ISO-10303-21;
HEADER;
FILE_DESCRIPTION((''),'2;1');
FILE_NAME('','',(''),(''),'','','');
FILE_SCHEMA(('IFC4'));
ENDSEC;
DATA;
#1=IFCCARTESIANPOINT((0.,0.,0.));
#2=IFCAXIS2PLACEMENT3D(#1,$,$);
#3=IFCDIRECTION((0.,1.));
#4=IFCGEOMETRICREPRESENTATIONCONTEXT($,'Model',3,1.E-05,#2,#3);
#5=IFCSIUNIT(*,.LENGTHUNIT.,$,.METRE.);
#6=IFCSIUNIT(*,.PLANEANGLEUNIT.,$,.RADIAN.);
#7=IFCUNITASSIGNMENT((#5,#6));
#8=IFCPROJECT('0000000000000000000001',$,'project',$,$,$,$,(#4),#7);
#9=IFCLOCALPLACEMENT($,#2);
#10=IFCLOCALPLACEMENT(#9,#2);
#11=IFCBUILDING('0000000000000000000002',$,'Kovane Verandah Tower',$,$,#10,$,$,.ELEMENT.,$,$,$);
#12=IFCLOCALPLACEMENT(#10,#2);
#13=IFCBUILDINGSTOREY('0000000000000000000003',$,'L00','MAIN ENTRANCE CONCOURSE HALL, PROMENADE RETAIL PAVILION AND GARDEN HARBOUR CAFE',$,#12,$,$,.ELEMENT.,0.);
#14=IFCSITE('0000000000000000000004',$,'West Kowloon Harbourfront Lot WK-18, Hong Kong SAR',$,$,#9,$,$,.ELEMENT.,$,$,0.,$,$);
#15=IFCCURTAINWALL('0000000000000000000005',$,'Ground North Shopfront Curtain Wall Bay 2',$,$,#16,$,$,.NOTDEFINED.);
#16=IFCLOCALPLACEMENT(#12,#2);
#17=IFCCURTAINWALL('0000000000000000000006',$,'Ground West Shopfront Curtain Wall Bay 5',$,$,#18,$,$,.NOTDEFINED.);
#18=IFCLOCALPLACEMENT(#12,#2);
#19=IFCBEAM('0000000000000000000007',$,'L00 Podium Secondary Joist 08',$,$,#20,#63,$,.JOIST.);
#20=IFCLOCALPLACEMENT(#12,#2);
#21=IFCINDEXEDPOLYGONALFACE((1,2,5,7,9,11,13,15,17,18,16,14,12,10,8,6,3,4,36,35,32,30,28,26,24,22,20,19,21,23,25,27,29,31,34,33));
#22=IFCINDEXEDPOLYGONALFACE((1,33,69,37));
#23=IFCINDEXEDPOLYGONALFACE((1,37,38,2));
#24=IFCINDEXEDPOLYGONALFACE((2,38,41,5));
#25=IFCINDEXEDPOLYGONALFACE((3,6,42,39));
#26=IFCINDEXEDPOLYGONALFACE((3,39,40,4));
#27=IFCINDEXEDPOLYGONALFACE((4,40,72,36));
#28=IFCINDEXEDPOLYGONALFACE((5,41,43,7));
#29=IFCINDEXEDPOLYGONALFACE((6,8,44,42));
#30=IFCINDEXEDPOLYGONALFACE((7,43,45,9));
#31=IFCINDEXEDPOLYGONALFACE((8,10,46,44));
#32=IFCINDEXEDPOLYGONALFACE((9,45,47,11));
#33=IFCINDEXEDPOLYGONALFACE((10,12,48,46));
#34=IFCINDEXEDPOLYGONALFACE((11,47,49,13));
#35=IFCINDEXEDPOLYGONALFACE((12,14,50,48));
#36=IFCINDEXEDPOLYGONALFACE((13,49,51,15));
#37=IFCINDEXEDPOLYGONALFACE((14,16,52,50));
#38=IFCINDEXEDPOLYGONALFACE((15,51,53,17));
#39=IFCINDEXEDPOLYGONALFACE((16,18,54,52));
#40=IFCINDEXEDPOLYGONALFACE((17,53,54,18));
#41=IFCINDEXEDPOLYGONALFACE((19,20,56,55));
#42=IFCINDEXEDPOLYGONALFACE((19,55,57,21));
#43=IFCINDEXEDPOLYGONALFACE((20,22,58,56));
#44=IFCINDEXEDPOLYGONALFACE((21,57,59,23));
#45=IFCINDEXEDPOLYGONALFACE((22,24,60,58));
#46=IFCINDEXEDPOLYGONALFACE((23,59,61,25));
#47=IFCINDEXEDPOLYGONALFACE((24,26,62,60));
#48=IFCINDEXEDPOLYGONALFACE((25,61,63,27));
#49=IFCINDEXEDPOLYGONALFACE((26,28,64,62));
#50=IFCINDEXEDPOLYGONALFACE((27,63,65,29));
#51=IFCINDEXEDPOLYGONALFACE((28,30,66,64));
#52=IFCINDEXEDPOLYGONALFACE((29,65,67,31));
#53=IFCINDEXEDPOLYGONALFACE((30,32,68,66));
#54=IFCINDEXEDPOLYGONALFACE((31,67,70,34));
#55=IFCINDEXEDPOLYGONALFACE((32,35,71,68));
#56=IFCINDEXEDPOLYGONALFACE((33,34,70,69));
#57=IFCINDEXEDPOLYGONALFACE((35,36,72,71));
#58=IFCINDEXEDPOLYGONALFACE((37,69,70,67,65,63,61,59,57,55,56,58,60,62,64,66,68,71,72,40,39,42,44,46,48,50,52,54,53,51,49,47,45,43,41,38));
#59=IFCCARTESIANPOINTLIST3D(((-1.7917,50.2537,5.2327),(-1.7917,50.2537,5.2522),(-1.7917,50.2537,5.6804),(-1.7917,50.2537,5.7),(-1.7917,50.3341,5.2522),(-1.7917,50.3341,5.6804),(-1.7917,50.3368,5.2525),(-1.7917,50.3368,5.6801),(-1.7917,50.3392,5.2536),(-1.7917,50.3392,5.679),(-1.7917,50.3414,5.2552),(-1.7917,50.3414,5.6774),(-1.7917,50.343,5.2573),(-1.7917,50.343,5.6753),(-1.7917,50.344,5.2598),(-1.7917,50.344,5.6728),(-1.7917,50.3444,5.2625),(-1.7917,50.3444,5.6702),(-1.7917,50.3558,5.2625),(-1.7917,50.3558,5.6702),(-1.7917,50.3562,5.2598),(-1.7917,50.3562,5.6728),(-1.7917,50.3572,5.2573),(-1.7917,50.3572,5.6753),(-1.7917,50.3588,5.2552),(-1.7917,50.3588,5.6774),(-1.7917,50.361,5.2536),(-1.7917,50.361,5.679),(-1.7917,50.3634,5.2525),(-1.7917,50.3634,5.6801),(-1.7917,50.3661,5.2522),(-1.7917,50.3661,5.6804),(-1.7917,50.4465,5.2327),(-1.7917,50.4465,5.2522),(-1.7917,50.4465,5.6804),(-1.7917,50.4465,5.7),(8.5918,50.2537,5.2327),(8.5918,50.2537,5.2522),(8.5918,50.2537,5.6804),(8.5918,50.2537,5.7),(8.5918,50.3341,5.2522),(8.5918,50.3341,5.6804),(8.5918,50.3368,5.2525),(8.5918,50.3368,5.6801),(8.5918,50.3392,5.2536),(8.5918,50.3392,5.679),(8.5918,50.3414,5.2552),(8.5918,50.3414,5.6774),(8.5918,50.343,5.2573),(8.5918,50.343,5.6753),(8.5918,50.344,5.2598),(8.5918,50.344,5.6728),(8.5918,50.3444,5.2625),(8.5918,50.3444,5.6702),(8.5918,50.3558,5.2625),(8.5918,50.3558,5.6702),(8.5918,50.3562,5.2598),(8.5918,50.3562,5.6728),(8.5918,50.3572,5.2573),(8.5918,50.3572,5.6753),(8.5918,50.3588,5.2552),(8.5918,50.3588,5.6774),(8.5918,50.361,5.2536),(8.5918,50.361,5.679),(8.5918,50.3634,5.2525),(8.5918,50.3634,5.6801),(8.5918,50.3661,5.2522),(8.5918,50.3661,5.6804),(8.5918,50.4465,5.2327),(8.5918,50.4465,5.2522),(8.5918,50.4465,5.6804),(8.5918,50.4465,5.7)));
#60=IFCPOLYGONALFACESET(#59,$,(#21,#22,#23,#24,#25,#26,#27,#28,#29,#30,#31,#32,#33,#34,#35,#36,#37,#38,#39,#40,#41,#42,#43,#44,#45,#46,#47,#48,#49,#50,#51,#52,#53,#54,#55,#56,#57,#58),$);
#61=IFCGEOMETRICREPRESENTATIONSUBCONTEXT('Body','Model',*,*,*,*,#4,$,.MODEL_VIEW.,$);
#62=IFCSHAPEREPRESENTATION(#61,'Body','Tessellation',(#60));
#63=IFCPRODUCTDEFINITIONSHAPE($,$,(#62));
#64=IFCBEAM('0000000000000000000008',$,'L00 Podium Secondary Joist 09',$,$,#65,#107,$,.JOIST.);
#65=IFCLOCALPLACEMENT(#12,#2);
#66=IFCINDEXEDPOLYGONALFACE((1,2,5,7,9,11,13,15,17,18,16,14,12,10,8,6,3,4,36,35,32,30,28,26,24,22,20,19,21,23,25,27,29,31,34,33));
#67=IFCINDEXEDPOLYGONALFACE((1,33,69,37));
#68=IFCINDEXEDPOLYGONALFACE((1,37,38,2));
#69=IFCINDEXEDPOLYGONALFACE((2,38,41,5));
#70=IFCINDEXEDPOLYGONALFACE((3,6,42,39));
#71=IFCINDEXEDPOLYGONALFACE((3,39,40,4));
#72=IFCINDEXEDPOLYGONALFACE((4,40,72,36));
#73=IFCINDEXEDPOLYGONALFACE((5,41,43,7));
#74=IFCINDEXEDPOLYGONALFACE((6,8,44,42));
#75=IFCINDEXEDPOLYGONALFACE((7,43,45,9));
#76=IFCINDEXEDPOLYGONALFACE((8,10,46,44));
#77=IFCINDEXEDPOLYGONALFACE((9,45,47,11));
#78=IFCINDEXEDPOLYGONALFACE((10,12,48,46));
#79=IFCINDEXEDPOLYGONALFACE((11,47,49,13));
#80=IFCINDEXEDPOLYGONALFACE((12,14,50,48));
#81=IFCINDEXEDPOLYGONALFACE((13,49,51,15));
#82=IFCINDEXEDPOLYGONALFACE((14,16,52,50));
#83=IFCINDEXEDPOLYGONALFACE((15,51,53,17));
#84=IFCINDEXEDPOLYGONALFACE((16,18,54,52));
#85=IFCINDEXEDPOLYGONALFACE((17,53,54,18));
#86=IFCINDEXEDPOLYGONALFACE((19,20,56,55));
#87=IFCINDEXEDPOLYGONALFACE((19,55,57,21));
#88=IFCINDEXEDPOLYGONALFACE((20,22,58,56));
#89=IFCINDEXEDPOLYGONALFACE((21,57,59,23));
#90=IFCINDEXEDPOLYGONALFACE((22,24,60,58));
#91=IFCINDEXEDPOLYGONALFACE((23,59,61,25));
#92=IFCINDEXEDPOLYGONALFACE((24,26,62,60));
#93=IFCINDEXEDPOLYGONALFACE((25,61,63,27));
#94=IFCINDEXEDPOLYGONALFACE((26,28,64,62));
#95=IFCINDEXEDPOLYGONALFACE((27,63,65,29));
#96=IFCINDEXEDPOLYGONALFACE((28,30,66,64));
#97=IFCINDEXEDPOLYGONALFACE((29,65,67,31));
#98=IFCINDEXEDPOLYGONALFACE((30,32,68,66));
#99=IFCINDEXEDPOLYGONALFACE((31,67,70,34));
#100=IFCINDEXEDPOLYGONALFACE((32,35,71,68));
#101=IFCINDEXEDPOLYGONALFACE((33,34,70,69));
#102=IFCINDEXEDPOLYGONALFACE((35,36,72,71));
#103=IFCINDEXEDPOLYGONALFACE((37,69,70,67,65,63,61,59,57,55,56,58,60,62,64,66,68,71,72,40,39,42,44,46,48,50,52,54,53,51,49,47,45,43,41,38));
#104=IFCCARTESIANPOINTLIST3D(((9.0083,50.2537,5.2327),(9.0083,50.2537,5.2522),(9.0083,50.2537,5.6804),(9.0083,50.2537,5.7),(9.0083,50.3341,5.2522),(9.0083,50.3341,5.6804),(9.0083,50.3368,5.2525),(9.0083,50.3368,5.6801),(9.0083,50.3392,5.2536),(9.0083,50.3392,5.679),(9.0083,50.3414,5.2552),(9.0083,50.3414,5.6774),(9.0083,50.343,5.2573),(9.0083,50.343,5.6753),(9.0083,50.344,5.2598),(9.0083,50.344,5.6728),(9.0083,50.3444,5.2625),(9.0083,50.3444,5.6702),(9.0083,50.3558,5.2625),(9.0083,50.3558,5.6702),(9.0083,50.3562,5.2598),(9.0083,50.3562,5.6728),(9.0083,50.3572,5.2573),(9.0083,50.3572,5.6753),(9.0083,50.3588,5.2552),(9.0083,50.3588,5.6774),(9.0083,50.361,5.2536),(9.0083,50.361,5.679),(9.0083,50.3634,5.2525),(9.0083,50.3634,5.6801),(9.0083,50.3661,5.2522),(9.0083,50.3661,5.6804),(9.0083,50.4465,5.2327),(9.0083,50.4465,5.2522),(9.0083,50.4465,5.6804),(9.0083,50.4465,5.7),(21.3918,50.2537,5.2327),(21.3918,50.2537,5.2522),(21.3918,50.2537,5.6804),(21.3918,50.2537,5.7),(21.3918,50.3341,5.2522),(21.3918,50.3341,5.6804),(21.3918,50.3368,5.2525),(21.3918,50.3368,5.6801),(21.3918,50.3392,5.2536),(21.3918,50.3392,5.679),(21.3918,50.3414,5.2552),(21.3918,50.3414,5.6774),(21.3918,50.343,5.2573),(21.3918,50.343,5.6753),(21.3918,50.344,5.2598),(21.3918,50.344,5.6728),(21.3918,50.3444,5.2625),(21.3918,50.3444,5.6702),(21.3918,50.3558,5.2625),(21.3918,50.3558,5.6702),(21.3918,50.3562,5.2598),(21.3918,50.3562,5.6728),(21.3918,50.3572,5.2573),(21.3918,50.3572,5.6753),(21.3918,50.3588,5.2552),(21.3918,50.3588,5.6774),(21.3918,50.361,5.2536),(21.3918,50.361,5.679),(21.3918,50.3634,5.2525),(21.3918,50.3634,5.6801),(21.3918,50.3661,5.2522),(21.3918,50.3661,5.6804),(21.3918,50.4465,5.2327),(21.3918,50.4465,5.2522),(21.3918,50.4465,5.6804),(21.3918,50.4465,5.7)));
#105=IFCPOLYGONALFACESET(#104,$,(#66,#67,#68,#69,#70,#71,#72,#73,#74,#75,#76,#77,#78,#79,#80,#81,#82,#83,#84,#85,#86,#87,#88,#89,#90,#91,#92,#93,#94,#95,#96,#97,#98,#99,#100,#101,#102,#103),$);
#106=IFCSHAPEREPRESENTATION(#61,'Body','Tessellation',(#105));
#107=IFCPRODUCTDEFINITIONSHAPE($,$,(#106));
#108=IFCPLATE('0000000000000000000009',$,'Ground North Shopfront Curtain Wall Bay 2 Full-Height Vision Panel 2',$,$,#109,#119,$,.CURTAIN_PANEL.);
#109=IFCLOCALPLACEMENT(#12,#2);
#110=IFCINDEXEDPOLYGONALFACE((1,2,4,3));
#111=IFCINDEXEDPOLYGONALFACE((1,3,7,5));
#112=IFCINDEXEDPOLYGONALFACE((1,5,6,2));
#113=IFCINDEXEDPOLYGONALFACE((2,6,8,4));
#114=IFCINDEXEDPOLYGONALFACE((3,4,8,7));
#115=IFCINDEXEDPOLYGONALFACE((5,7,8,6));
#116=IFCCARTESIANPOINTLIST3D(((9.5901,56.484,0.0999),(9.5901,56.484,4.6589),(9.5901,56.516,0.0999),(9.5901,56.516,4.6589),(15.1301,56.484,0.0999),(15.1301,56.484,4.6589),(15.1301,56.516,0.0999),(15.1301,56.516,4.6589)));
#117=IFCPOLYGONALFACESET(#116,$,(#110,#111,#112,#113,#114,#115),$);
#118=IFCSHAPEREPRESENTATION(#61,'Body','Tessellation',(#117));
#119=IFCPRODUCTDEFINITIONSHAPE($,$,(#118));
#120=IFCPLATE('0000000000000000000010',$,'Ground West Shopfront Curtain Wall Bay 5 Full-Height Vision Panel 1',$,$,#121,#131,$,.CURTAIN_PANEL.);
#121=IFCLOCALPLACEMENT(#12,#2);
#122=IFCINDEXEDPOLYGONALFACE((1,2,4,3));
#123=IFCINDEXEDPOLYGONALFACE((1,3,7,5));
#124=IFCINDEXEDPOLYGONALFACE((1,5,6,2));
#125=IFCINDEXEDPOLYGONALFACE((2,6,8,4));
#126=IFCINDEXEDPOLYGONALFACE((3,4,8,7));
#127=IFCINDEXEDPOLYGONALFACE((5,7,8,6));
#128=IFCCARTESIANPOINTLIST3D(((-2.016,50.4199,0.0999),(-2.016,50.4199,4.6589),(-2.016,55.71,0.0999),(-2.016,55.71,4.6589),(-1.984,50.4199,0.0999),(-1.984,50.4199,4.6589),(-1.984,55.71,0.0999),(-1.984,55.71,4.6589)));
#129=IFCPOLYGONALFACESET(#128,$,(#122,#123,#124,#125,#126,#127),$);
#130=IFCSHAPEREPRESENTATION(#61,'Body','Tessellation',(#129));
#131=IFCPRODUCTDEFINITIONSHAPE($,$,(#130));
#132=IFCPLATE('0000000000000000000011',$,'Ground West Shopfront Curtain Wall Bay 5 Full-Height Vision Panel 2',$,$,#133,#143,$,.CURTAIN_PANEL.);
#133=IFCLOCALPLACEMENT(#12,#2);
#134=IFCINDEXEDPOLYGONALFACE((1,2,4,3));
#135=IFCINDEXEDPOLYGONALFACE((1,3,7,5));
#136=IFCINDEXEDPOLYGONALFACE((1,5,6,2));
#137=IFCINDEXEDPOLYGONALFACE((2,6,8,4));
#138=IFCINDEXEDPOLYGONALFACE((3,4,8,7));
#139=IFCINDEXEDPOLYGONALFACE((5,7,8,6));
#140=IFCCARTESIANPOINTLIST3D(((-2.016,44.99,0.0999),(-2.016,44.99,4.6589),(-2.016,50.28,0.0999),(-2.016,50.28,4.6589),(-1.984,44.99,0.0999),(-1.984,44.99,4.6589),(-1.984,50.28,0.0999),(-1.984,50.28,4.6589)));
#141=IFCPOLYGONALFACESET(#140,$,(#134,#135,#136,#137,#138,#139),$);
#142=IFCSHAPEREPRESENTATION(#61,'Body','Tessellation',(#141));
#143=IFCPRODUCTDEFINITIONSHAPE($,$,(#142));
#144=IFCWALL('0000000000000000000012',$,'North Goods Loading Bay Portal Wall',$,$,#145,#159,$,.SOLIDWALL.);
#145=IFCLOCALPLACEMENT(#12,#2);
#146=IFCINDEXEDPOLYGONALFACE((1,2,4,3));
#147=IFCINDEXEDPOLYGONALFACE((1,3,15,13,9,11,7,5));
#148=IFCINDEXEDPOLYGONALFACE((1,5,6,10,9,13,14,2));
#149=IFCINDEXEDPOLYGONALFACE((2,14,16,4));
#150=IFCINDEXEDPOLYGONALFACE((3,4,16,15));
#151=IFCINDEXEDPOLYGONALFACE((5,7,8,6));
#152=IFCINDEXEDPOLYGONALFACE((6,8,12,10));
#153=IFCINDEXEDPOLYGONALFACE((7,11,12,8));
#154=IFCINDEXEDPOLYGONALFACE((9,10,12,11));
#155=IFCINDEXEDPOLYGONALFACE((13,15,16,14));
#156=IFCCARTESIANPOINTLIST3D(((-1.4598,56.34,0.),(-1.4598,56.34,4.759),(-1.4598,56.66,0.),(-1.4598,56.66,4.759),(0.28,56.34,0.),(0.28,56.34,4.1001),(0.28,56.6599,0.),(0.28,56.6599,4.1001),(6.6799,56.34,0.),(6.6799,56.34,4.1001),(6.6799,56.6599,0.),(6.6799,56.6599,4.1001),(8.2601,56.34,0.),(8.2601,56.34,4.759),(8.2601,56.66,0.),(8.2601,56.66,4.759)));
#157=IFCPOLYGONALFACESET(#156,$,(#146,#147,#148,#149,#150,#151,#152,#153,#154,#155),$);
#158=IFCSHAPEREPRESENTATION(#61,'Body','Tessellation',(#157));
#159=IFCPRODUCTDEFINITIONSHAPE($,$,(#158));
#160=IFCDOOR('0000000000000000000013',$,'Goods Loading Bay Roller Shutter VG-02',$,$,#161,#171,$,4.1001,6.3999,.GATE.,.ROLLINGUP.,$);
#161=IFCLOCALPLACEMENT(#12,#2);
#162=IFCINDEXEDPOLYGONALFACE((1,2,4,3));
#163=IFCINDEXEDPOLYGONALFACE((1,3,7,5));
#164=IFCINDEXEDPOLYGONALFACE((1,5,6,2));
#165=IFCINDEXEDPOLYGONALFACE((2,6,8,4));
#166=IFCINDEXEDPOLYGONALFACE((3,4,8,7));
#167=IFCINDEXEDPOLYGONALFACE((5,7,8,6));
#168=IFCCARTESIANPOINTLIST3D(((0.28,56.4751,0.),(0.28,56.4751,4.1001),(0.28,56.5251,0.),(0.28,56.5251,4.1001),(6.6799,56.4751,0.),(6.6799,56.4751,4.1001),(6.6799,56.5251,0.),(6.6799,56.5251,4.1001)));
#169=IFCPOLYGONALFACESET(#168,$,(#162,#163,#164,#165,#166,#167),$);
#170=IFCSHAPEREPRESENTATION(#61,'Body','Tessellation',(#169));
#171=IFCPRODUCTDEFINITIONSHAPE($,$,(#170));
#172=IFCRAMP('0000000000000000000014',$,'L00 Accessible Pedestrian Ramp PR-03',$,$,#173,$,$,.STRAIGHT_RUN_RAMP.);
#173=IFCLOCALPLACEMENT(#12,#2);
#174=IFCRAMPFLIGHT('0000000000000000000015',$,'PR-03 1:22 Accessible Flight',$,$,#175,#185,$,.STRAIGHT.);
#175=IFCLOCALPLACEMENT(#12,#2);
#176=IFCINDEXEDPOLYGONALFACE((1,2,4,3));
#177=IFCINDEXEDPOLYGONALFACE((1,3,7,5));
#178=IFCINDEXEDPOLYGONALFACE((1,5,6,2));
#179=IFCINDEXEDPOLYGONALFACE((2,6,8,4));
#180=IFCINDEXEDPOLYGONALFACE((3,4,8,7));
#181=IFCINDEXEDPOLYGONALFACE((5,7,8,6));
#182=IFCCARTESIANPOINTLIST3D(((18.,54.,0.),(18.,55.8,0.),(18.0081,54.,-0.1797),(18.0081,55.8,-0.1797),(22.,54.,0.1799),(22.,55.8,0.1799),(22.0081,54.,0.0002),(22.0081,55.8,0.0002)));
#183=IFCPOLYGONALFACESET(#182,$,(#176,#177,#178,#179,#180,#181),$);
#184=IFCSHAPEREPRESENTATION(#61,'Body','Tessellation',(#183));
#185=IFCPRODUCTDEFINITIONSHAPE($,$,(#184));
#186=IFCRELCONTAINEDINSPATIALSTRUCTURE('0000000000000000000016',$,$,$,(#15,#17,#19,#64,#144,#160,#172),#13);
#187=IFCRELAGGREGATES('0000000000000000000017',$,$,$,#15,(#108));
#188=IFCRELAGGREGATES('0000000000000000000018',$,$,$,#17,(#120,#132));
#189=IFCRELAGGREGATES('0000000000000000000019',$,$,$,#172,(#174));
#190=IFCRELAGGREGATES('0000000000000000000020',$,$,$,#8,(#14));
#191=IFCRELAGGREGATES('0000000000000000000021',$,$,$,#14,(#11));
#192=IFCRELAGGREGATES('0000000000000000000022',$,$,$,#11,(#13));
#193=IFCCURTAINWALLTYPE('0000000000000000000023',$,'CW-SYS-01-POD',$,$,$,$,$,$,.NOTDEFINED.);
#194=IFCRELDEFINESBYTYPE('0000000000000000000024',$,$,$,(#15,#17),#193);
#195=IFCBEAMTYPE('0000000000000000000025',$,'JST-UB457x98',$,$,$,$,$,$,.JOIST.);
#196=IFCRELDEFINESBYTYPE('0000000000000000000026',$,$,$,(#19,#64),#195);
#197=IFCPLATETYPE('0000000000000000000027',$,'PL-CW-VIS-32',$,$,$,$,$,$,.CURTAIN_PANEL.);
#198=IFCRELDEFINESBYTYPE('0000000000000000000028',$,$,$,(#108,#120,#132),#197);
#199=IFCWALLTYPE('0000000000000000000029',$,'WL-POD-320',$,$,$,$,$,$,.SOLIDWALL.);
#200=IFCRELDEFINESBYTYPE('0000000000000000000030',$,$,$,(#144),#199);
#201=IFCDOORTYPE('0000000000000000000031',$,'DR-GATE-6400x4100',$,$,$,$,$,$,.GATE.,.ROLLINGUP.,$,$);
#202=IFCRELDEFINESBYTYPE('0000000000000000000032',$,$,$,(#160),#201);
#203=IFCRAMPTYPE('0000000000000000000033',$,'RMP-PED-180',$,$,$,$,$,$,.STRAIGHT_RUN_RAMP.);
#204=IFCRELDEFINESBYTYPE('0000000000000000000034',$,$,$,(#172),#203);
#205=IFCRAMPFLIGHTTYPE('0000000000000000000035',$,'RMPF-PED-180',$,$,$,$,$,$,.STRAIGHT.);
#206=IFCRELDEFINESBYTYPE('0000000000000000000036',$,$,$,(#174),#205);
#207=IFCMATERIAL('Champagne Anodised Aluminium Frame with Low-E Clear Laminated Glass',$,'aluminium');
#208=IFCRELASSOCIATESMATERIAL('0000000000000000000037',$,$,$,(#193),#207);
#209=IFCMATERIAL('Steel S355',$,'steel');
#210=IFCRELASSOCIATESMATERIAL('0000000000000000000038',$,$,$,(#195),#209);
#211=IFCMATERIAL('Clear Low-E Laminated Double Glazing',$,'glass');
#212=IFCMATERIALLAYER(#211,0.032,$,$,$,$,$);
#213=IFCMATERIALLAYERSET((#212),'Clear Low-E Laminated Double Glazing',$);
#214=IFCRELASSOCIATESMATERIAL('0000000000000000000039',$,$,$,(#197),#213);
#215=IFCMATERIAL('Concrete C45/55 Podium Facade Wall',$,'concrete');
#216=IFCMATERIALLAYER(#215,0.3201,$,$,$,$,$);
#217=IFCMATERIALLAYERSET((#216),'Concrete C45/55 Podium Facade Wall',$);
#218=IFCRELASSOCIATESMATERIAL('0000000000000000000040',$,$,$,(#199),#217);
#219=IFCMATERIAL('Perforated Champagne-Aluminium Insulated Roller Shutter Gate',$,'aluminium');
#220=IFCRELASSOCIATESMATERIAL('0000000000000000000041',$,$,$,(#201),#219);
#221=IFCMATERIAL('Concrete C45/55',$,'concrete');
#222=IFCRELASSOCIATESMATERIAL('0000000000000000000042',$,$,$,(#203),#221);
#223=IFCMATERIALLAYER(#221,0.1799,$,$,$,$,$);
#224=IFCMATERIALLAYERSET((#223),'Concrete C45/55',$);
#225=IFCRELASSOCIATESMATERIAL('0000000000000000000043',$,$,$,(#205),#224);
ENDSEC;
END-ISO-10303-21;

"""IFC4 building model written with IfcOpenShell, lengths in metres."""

from ifc_helpers import new_model, si_unit, direction, frame, frame_2d, origin, origin_2d, place, context, subcontext, project, spatial, polyline, rectangle, i_section, outline, extrude, material, layer, layer_set, material_profile, profile_set, type_object, element, fill, aggregate, save


model = new_model("IFC4")

# Units and contexts
model_context = context("Model", 3, precision=1e-05, world=origin(), true_north=direction((0.0, 1.0)))
body_context = subcontext(model_context, "Body", "Model", "MODEL_VIEW")
ifc_project = project(units=[si_unit("LENGTHUNIT", "METRE"), si_unit("PLANEANGLEUNIT", "RADIAN")], contexts=[model_context])

# Site, building, storey
site_placement = place(None, origin())
site = spatial("IfcSite", under=ifc_project, at=site_placement, Name="West Kowloon Harbourfront Lot WK-18, Hong Kong SAR", CompositionType="ELEMENT", RefElevation=0.0)
building_placement = place(site_placement, origin())
building = spatial("IfcBuilding", under=site, at=building_placement, Name="Kovane Verandah Tower", CompositionType="ELEMENT")
storey_placement = place(building_placement, origin())
storey = spatial("IfcBuildingStorey", under=building, at=storey_placement, Name="L00", Description="MAIN ENTRANCE CONCOURSE HALL, PROMENADE RETAIL PAVILION AND GARDEN HARBOUR CAFE", CompositionType="ELEMENT", Elevation=0.0)

# Shared definitions
ifc_material_1 = material(Name="Steel S355", Category="steel")

# Curtain walls
ifc_material_2 = material(Name="Champagne Anodised Aluminium Frame with Low-E Clear Laminated Glass", Category="aluminium")
curtain_wall_type = type_object("IfcCurtainWallType", Name="CW-SYS-01-POD", PredefinedType="NOTDEFINED", material=ifc_material_2)
curtain_wall_1_placement = place(storey_placement, origin())
curtain_wall_1 = element("IfcCurtainWall", 1, at=curtain_wall_1_placement, inside=storey, type_object=curtain_wall_type, Name="Ground North Shopfront Curtain Wall Bay 2", PredefinedType="NOTDEFINED")
curtain_wall_2_placement = place(storey_placement, origin())
curtain_wall_2 = element("IfcCurtainWall", 2, at=curtain_wall_2_placement, inside=storey, type_object=curtain_wall_type, Name="Ground West Shopfront Curtain Wall Bay 5", PredefinedType="NOTDEFINED")

# Beams
ifc_material_profile_1 = material_profile(ifc_material_1, i_section(OverallWidth=0.1929, OverallDepth=0.4673, WebThickness=0.0115, FlangeThickness=0.0195, FilletRadius=0.0103, at=origin_2d()), Name="UB457x191x98")
ifc_profile_set_1 = profile_set([ifc_material_profile_1], Name="Steel S355")
beam_type_1 = type_object("IfcBeamType", Name="JST-UB457x98", PredefinedType="JOIST", material=ifc_profile_set_1)
beam_1_placement = place(storey_placement, frame((-1.7917, 50.3501, 5.4663), z_axis=(1.0, 0.0, 0.0), x_axis=(0.0, 1.0, 0.0)))
element("IfcBeam", 3, at=beam_1_placement, inside=storey, type_object=beam_type_1, Name="L00 Podium Secondary Joist 08", PredefinedType="JOIST", context=body_context, shape_type="SweptSolid", body=[
    extrude(i_section(OverallWidth=0.1929, OverallDepth=0.4673, WebThickness=0.0115, FlangeThickness=0.0195, FilletRadius=0.0103, at=origin_2d()), origin(), (0.0, 0.0, 1.0), 10.3835),
])
beam_2_placement = place(storey_placement, frame((9.0083, 50.3501, 5.4663), z_axis=(1.0, 0.0, 0.0), x_axis=(0.0, 1.0, 0.0)))
element("IfcBeam", 4, at=beam_2_placement, inside=storey, type_object=beam_type_1, Name="L00 Podium Secondary Joist 09", PredefinedType="JOIST", context=body_context, shape_type="SweptSolid", body=[
    extrude(i_section(OverallWidth=0.1929, OverallDepth=0.4673, WebThickness=0.0115, FlangeThickness=0.0195, FilletRadius=0.0103, at=origin_2d()), origin(), (0.0, 0.0, 1.0), 12.3835),
])

# Plates
ifc_material_3 = material(Name="Clear Low-E Laminated Double Glazing", Category="glass")
ifc_layer_1 = layer(ifc_material_3, 0.032)
ifc_layer_set_1 = layer_set([ifc_layer_1], Name="Clear Low-E Laminated Double Glazing")
plate_type = type_object("IfcPlateType", Name="PL-CW-VIS-32", PredefinedType="CURTAIN_PANEL", material=ifc_layer_set_1)
plate_1_placement = place(storey_placement, frame((12.3601, 56.5, 0.0999), z_axis=(0.0, 0.0, 1.0), x_axis=(-1.0, 0.0, 0.0)))
plate_1 = element("IfcPlate", 5, at=plate_1_placement, type_object=plate_type, Name="Ground North Shopfront Curtain Wall Bay 2 Full-Height Vision Panel 2", PredefinedType="CURTAIN_PANEL", context=body_context, shape_type="SweptSolid", body=[
    extrude(rectangle(XDim=5.54, YDim=0.032, at=origin_2d()), origin(), (0.0, 0.0, 1.0), 4.5591),
])
aggregate(curtain_wall_1, [plate_1])
plate_2_placement = place(storey_placement, frame((-2.0, 53.0649, 0.0999), z_axis=(0.0, 0.0, 1.0), x_axis=(0.0, -1.0, 0.0)))
plate_2 = element("IfcPlate", 6, at=plate_2_placement, type_object=plate_type, Name="Ground West Shopfront Curtain Wall Bay 5 Full-Height Vision Panel 1", PredefinedType="CURTAIN_PANEL", context=body_context, shape_type="SweptSolid", body=[
    extrude(rectangle(XDim=5.29, YDim=0.032, at=origin_2d()), origin(), (0.0, 0.0, 1.0), 4.5591),
])
plate_3_placement = place(storey_placement, frame((-2.0, 47.635, 0.0999), z_axis=(0.0, 0.0, 1.0), x_axis=(0.0, -1.0, 0.0)))
plate_3 = element("IfcPlate", 7, at=plate_3_placement, type_object=plate_type, Name="Ground West Shopfront Curtain Wall Bay 5 Full-Height Vision Panel 2", PredefinedType="CURTAIN_PANEL", context=body_context, shape_type="SweptSolid", body=[
    extrude(rectangle(XDim=5.29, YDim=0.032, at=origin_2d()), origin(), (0.0, 0.0, 1.0), 4.5591),
])
aggregate(curtain_wall_2, [plate_2, plate_3])

# Wall, opening, door
ifc_material_4 = material(Name="Concrete C45/55 Podium Facade Wall", Category="concrete")
ifc_layer_2 = layer(ifc_material_4, 0.3201)
ifc_layer_set_2 = layer_set([ifc_layer_2], Name="Concrete C45/55 Podium Facade Wall")
wall_type = type_object("IfcWallType", Name="WL-POD-320", PredefinedType="SOLIDWALL", material=ifc_layer_set_2)
wall_placement = place(storey_placement, frame((8.26, 56.5, 0.0), z_axis=(0.0, 0.0, 1.0), x_axis=(-1.0, 0.0, 0.0)))
wall = element("IfcWall", 8, at=wall_placement, inside=storey, type_object=wall_type, Name="North Goods Loading Bay Portal Wall", PredefinedType="SOLIDWALL", context=body_context, shape_type="SweptSolid", body=[
    extrude(rectangle(XDim=9.72, YDim=0.3201, at=frame_2d((4.8599, 0.0))), origin(), (0.0, 0.0, 1.0), 4.759),
])
opening_placement = place(wall_placement, frame((1.5801, 0.0, 0.0)))
opening = element("IfcOpeningElement", 9, at=opening_placement, cuts=wall, PredefinedType="OPENING", context=body_context, shape_type="SweptSolid", body=[
    extrude(rectangle(XDim=6.3999, YDim=4.1001, at=frame_2d((3.2, 2.05))), frame((0.0, 0.1602, 0.0), z_axis=(0.0, -1.0, 0.0), x_axis=(1.0, 0.0, 0.0)), (0.0, 0.0, 1.0), 0.3201),
])
ifc_material_5 = material(Name="Perforated Champagne-Aluminium Insulated Roller Shutter Gate", Category="aluminium")
door_type = type_object("IfcDoorType", Name="DR-GATE-6400x4100", OperationType="ROLLINGUP", PredefinedType="GATE", material=ifc_material_5)
door_placement = place(opening_placement, origin())
door = element("IfcDoor", 10, at=door_placement, inside=storey, type_object=door_type, Name="Goods Loading Bay Roller Shutter VG-02", OperationType="ROLLINGUP", OverallHeight=4.1001, OverallWidth=6.3999, PredefinedType="GATE", context=body_context, shape_type="SweptSolid", body=[
    extrude(rectangle(XDim=6.3999, YDim=4.1001, at=frame_2d((3.2, 2.05))), frame((0.0, 0.0249, 0.0), z_axis=(0.0, -1.0, 0.0), x_axis=(1.0, 0.0, 0.0)), (0.0, 0.0, 1.0), 0.05),
])
fill(opening, door)

# Ramp, ramp flight
ifc_material_6 = material(Name="Concrete C45/55", Category="concrete")
ramp_type = type_object("IfcRampType", Name="RMP-PED-180", PredefinedType="STRAIGHT_RUN_RAMP", material=ifc_material_6)
ramp_placement = place(storey_placement, origin())
ramp = element("IfcRamp", 11, at=ramp_placement, inside=storey, type_object=ramp_type, Name="L00 Accessible Pedestrian Ramp PR-03", PredefinedType="STRAIGHT_RUN_RAMP")
ifc_layer_3 = layer(ifc_material_6, 0.1799)
ifc_layer_set_3 = layer_set([ifc_layer_3], Name="Concrete C45/55")
ramp_flight_type = type_object("IfcRampFlightType", Name="RMPF-PED-180", PredefinedType="STRAIGHT", material=ifc_layer_set_3)
ramp_flight_placement = place(storey_placement, frame((18.0, 54.0, 0.0), z_axis=(-0.044937, 0.0, 0.99899), x_axis=(0.99899, 0.0, 0.044937)))
ramp_flight = element("IfcRampFlight", 12, at=ramp_flight_placement, type_object=ramp_flight_type, Name="PR-03 1:22 Accessible Flight", PredefinedType="STRAIGHT", context=body_context, shape_type="SweptSolid", body=[
    extrude(outline(polyline([(0.0, 0.0), (4.004, 0.0), (4.004, 1.8), (0.0, 1.8), (0.0, 0.0)])), origin(), (0.0, 0.0, -1.0), 0.1799),
])
aggregate(ramp, [ramp_flight])

save(model, "model.ifc")
